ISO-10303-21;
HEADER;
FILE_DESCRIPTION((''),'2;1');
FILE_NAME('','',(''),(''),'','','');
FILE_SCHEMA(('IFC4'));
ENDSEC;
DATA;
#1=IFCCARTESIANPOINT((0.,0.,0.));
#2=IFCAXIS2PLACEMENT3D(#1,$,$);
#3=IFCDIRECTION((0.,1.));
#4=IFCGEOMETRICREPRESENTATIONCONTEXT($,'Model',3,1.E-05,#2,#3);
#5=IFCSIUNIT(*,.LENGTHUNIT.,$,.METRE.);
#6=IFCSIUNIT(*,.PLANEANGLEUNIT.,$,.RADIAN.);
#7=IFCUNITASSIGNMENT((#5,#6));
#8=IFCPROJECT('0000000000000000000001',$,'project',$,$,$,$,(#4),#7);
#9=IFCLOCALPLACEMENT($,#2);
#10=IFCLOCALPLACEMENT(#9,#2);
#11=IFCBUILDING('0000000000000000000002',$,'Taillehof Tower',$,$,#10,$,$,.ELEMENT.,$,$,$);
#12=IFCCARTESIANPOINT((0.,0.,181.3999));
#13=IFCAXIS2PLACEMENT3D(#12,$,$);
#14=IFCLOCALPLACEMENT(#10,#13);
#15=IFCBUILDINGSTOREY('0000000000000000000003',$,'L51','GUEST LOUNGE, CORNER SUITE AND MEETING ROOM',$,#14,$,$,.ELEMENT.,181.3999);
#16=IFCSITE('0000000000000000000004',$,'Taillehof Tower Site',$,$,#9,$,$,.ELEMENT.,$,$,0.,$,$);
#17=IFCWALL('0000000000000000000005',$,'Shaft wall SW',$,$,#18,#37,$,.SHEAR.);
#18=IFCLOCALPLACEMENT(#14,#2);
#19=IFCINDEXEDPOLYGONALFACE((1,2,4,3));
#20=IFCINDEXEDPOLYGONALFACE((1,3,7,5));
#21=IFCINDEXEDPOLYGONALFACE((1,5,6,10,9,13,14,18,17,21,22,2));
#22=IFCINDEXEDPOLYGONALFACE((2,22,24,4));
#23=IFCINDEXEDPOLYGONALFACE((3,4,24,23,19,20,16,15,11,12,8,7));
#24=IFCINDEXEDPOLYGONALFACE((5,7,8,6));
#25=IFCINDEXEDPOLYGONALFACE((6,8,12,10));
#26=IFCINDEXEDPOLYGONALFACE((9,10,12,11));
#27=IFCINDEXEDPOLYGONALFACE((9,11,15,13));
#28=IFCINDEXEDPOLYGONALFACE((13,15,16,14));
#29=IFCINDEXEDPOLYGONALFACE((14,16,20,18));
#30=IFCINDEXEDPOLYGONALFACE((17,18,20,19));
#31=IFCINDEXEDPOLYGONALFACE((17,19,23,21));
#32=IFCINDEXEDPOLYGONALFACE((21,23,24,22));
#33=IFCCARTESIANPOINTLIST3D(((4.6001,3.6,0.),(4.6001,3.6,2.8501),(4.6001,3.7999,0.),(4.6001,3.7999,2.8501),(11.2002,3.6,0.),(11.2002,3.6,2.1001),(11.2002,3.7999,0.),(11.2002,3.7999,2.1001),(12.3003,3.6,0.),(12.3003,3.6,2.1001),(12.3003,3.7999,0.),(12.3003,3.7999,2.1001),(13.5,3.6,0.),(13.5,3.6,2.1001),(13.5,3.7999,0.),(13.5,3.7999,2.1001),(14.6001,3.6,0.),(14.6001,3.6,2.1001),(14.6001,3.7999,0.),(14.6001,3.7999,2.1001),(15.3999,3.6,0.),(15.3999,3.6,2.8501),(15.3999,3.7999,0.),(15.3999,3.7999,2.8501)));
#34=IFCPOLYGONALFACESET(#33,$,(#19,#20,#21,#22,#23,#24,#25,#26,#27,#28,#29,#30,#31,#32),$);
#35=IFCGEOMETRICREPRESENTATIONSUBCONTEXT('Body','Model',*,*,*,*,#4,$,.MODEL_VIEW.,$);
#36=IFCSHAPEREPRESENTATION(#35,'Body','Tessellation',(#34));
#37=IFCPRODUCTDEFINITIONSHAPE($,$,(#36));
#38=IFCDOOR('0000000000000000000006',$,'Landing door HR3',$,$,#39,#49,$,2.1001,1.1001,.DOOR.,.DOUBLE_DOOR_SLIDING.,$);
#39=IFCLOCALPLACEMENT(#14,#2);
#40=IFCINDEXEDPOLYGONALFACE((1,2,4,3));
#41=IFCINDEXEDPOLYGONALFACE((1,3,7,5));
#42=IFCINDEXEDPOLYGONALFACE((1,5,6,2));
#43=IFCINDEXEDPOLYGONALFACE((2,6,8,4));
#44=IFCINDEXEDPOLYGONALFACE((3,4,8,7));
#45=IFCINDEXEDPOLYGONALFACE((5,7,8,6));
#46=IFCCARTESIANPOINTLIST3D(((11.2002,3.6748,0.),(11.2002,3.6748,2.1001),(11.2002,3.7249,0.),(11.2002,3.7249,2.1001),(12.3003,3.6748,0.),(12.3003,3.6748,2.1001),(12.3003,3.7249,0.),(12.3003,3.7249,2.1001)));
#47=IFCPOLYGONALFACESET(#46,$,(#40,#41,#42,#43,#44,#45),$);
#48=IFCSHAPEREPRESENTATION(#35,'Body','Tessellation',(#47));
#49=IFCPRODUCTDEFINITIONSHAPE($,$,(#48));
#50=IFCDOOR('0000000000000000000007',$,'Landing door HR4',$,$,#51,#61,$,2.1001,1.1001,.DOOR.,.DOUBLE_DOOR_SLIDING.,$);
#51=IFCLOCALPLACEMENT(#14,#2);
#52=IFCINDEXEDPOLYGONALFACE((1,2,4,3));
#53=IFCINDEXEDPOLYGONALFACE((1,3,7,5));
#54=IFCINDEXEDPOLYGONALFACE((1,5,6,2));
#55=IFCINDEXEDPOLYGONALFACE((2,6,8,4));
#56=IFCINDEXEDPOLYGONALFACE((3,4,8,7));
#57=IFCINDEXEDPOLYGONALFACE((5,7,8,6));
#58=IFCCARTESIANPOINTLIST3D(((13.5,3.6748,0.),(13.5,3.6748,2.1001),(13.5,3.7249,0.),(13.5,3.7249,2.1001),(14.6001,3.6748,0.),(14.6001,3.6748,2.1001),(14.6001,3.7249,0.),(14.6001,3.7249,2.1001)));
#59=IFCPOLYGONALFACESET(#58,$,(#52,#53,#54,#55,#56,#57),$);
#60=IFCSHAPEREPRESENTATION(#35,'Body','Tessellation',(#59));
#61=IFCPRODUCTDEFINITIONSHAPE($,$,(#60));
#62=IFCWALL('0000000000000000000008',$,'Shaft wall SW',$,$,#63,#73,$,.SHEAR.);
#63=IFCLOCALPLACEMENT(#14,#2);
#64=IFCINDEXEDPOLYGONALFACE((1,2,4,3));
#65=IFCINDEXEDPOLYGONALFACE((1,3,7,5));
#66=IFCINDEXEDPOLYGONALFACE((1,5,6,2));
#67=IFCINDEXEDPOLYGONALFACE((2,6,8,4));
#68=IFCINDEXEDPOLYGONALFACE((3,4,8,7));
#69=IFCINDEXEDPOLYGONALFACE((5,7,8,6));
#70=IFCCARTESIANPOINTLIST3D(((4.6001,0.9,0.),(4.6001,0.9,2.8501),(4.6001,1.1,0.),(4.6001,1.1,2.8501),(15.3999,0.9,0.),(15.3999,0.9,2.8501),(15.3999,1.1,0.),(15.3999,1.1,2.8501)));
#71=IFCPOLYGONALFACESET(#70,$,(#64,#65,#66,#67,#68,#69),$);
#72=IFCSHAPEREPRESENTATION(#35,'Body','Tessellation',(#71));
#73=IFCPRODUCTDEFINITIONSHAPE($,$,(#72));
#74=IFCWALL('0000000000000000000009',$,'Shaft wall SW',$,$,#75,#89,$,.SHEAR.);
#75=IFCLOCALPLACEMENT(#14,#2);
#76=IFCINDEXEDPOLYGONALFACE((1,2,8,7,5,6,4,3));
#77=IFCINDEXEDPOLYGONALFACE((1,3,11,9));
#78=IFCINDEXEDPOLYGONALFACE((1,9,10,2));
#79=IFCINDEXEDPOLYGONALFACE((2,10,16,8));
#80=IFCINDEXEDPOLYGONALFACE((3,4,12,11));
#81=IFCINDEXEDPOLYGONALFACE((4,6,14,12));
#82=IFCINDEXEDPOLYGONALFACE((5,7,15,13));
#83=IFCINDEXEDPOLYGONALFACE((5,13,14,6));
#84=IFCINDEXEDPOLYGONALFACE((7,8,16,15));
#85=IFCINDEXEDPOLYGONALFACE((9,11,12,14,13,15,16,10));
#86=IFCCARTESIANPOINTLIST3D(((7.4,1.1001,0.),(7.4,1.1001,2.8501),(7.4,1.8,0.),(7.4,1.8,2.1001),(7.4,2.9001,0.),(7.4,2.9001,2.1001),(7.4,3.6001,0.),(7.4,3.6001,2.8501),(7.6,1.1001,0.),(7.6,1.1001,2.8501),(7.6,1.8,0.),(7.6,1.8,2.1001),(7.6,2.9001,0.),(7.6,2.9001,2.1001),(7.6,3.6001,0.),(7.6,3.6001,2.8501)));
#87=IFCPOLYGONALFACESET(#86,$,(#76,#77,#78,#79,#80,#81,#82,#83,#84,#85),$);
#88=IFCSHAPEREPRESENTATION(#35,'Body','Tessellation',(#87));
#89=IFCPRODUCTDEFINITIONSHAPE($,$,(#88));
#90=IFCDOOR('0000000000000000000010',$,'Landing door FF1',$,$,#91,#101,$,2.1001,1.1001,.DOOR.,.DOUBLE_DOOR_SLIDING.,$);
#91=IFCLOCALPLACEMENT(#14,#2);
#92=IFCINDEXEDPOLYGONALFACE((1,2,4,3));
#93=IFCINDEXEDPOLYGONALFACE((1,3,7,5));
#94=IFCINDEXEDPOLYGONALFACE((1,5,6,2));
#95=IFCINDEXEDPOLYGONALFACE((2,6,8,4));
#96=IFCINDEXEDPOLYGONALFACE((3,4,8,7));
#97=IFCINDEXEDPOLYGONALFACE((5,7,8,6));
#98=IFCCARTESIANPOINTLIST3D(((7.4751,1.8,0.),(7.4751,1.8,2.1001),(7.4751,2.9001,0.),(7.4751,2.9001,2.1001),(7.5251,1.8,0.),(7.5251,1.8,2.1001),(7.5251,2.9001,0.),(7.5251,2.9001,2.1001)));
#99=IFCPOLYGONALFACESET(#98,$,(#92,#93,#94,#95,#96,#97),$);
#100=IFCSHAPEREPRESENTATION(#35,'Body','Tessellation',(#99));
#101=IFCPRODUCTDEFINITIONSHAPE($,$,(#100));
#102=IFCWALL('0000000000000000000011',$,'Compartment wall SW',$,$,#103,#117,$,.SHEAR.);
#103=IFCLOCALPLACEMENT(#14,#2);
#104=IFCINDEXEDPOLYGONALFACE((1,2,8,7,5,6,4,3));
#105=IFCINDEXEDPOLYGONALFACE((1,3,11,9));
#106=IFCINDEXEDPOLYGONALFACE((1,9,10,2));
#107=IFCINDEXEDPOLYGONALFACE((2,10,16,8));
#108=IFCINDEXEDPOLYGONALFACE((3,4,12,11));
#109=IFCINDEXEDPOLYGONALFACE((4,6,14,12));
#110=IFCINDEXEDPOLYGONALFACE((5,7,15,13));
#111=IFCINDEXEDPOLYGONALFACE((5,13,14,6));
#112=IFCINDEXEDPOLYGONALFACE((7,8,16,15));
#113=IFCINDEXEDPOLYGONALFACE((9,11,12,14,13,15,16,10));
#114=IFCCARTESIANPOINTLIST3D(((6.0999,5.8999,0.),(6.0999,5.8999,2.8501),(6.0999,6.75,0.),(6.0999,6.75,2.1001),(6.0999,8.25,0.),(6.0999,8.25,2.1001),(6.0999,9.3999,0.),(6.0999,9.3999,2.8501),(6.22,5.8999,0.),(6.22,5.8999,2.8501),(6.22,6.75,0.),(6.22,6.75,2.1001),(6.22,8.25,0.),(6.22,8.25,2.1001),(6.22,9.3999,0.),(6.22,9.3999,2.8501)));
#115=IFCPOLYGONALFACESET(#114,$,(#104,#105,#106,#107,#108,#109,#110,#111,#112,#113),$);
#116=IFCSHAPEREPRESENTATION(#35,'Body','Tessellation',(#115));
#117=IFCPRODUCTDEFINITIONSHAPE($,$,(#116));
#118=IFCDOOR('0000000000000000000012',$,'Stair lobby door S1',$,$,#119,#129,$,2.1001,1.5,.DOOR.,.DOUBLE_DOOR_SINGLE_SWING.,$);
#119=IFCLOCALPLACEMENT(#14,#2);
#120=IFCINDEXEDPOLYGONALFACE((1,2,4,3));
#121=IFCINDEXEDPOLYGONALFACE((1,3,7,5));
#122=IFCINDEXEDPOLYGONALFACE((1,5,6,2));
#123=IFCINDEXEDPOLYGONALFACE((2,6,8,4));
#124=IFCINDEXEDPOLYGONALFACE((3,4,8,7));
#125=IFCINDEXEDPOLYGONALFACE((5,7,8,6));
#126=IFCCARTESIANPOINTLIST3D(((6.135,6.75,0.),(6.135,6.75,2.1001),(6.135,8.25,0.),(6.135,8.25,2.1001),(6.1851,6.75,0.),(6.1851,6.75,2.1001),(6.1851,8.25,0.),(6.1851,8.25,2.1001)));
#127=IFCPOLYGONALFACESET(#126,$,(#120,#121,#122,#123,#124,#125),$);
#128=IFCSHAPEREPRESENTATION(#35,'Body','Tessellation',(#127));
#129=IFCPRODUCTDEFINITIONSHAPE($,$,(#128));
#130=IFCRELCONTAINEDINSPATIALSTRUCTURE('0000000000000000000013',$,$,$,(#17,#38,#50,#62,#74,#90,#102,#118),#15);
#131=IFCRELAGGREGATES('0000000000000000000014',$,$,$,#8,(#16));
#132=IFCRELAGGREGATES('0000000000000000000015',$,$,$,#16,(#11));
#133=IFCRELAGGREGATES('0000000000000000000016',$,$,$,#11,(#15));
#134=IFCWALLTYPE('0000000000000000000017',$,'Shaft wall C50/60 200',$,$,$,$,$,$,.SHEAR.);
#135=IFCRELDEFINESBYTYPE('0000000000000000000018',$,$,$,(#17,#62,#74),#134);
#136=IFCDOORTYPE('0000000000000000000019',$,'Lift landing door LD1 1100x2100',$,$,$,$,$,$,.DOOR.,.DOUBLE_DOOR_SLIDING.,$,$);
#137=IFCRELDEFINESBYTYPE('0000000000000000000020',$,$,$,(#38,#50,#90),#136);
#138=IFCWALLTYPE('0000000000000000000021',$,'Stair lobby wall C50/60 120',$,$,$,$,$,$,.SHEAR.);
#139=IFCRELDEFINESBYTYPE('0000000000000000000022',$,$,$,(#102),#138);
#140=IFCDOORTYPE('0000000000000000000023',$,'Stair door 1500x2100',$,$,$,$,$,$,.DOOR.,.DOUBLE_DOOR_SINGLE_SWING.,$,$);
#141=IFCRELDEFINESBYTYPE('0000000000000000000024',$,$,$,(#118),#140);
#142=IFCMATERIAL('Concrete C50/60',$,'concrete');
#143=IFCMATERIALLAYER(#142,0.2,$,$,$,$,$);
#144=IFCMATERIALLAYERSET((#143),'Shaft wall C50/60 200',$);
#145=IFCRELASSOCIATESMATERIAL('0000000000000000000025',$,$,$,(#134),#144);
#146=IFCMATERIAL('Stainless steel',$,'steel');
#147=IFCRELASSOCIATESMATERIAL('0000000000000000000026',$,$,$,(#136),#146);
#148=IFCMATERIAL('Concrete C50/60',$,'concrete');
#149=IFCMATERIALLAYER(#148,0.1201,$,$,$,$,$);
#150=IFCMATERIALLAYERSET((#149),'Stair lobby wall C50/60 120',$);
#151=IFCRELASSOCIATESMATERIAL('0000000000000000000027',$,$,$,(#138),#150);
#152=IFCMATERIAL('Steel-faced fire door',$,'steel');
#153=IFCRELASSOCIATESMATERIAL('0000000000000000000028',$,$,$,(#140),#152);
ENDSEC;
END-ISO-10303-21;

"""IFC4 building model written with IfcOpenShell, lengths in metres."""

from ifc_helpers import new_model, si_unit, direction, frame, frame_2d, origin, place, context, subcontext, project, spatial, rectangle, extrude, material, layer, layer_set, type_object, element, fill, save


model = new_model("IFC4")

# Units and contexts
model_context = context("Model", 3, precision=1e-05, world=origin(), true_north=direction((0.0, 1.0)))
body_context = subcontext(model_context, "Body", "Model", "MODEL_VIEW")
ifc_project = project(units=[si_unit("LENGTHUNIT", "METRE"), si_unit("PLANEANGLEUNIT", "RADIAN")], contexts=[model_context])

# Site, building, storey
site_placement = place(None, origin())
site = spatial("IfcSite", under=ifc_project, at=site_placement, Name="Taillehof Tower Site", CompositionType="ELEMENT", RefElevation=0.0)
building_placement = place(site_placement, origin())
building = spatial("IfcBuilding", under=site, at=building_placement, Name="Taillehof Tower", CompositionType="ELEMENT")
storey_placement = place(building_placement, frame((0.0, 0.0, 181.3999)))
storey = spatial("IfcBuildingStorey", under=building, at=storey_placement, Name="L51", Description="GUEST LOUNGE, CORNER SUITE AND MEETING ROOM", CompositionType="ELEMENT", Elevation=181.3999)

# Wall, openings, doors
ifc_material_1 = material(Name="Concrete C50/60", Category="concrete")
ifc_layer_1 = layer(ifc_material_1, 0.2)
ifc_layer_set_1 = layer_set([ifc_layer_1], Name="Shaft wall C50/60 200")
wall_type_1 = type_object("IfcWallType", Name="Shaft wall C50/60 200", PredefinedType="SHEAR", material=ifc_layer_set_1)
ifc_material_2 = material(Name="Stainless steel", Category="steel")
door_type_1 = type_object("IfcDoorType", Name="Lift landing door LD1 1100x2100", OperationType="DOUBLE_DOOR_SLIDING", PredefinedType="DOOR", material=ifc_material_2)
wall_1_placement = place(storey_placement, frame((4.6001, 3.7, 0.0), z_axis=(0.0, 0.0, 1.0), x_axis=(1.0, 0.0, 0.0)))
wall_1 = element("IfcWall", 1, at=wall_1_placement, inside=storey, type_object=wall_type_1, Name="Shaft wall SW", PredefinedType="SHEAR", context=body_context, shape_type="SweptSolid", body=[
    extrude(rectangle(XDim=10.7998, YDim=0.2, at=frame_2d((5.3999, 0.0))), origin(), (0.0, 0.0, 1.0), 2.8501),
])
opening_1_placement = place(wall_1_placement, frame((6.6001, 0.0, 0.0)))
opening_1 = element("IfcOpeningElement", 2, at=opening_1_placement, cuts=wall_1, PredefinedType="OPENING", context=body_context, shape_type="SweptSolid", body=[
    extrude(rectangle(XDim=1.1001, YDim=2.1001, at=frame_2d((0.55, 1.05))), frame((0.0, 0.1099, 0.0), z_axis=(0.0, -1.0, 0.0), x_axis=(1.0, 0.0, 0.0)), (0.0, 0.0, 1.0), 0.22),
])
opening_2_placement = place(wall_1_placement, frame((8.8999, 0.0, 0.0)))
opening_2 = element("IfcOpeningElement", 3, at=opening_2_placement, cuts=wall_1, PredefinedType="OPENING", context=body_context, shape_type="SweptSolid", body=[
    extrude(rectangle(XDim=1.1001, YDim=2.1001, at=frame_2d((0.55, 1.05))), frame((0.0, 0.1099, 0.0), z_axis=(0.0, -1.0, 0.0), x_axis=(1.0, 0.0, 0.0)), (0.0, 0.0, 1.0), 0.22),
])
door_1_placement = place(opening_1_placement, origin())
door_1 = element("IfcDoor", 4, at=door_1_placement, inside=storey, type_object=door_type_1, Name="Landing door HR3", OperationType="DOUBLE_DOOR_SLIDING", OverallHeight=2.1001, OverallWidth=1.1001, PredefinedType="DOOR", context=body_context, shape_type="SweptSolid", body=[
    extrude(rectangle(XDim=1.1001, YDim=2.1001, at=frame_2d((0.55, 1.05))), frame((0.0, 0.0249, 0.0), z_axis=(0.0, -1.0, 0.0), x_axis=(1.0, 0.0, 0.0)), (0.0, 0.0, 1.0), 0.05),
])
fill(opening_1, door_1)
door_2_placement = place(opening_2_placement, origin())
door_2 = element("IfcDoor", 5, at=door_2_placement, inside=storey, type_object=door_type_1, Name="Landing door HR4", OperationType="DOUBLE_DOOR_SLIDING", OverallHeight=2.1001, OverallWidth=1.1001, PredefinedType="DOOR", context=body_context, shape_type="SweptSolid", body=[
    extrude(rectangle(XDim=1.1001, YDim=2.1001, at=frame_2d((0.55, 1.05))), frame((0.0, 0.0249, 0.0), z_axis=(0.0, -1.0, 0.0), x_axis=(1.0, 0.0, 0.0)), (0.0, 0.0, 1.0), 0.05),
])
fill(opening_2, door_2)

# Wall
wall_2_placement = place(storey_placement, frame((4.6001, 1.0, 0.0), z_axis=(0.0, 0.0, 1.0), x_axis=(1.0, 0.0, 0.0)))
element("IfcWall", 6, at=wall_2_placement, inside=storey, type_object=wall_type_1, Name="Shaft wall SW", PredefinedType="SHEAR", context=body_context, shape_type="SweptSolid", body=[
    extrude(rectangle(XDim=10.7998, YDim=0.2, at=frame_2d((5.3999, 0.0))), origin(), (0.0, 0.0, 1.0), 2.8501),
])

# Walls, openings, doors
wall_3_placement = place(storey_placement, frame((7.5, 1.1001, 0.0), z_axis=(0.0, 0.0, 1.0), x_axis=(0.0, 1.0, 0.0)))
wall_3 = element("IfcWall", 7, at=wall_3_placement, inside=storey, type_object=wall_type_1, Name="Shaft wall SW", PredefinedType="SHEAR", context=body_context, shape_type="SweptSolid", body=[
    extrude(rectangle(XDim=2.5, YDim=0.2, at=frame_2d((1.25, 0.0))), origin(), (0.0, 0.0, 1.0), 2.8501),
])
opening_3_placement = place(wall_3_placement, frame((0.7, 0.0, 0.0)))
opening_3 = element("IfcOpeningElement", 8, at=opening_3_placement, cuts=wall_3, PredefinedType="OPENING", context=body_context, shape_type="SweptSolid", body=[
    extrude(rectangle(XDim=1.1001, YDim=2.1001, at=frame_2d((0.55, 1.05))), frame((0.0, 0.1099, 0.0), z_axis=(0.0, -1.0, 0.0), x_axis=(1.0, 0.0, 0.0)), (0.0, 0.0, 1.0), 0.22),
])
door_3_placement = place(opening_3_placement, origin())
door_3 = element("IfcDoor", 9, at=door_3_placement, inside=storey, type_object=door_type_1, Name="Landing door FF1", OperationType="DOUBLE_DOOR_SLIDING", OverallHeight=2.1001, OverallWidth=1.1001, PredefinedType="DOOR", context=body_context, shape_type="SweptSolid", body=[
    extrude(rectangle(XDim=1.1001, YDim=2.1001, at=frame_2d((0.55, 1.05))), frame((0.0, 0.0249, 0.0), z_axis=(0.0, -1.0, 0.0), x_axis=(1.0, 0.0, 0.0)), (0.0, 0.0, 1.0), 0.05),
])
fill(opening_3, door_3)
ifc_material_3 = material(Name="Concrete C50/60", Category="concrete")
ifc_layer_2 = layer(ifc_material_3, 0.1201)
ifc_layer_set_2 = layer_set([ifc_layer_2], Name="Stair lobby wall C50/60 120")
wall_type_2 = type_object("IfcWallType", Name="Stair lobby wall C50/60 120", PredefinedType="SHEAR", material=ifc_layer_set_2)
wall_4_placement = place(storey_placement, frame((6.1599, 5.8999, 0.0), z_axis=(0.0, 0.0, 1.0), x_axis=(0.0, 1.0, 0.0)))
wall_4 = element("IfcWall", 10, at=wall_4_placement, inside=storey, type_object=wall_type_2, Name="Compartment wall SW", PredefinedType="SHEAR", context=body_context, shape_type="SweptSolid", body=[
    extrude(rectangle(XDim=3.5, YDim=0.1201, at=frame_2d((1.75, 0.0))), origin(), (0.0, 0.0, 1.0), 2.8501),
])
opening_4_placement = place(wall_4_placement, frame((0.8501, 0.0, 0.0)))
opening_4 = element("IfcOpeningElement", 11, at=opening_4_placement, cuts=wall_4, PredefinedType="OPENING", context=body_context, shape_type="SweptSolid", body=[
    extrude(rectangle(XDim=1.5, YDim=2.1001, at=frame_2d((0.75, 1.05))), frame((0.0, 0.0701, 0.0), z_axis=(0.0, -1.0, 0.0), x_axis=(1.0, 0.0, 0.0)), (0.0, 0.0, 1.0), 0.1401),
])
ifc_material_4 = material(Name="Steel-faced fire door", Category="steel")
door_type_2 = type_object("IfcDoorType", Name="Stair door 1500x2100", OperationType="DOUBLE_DOOR_SINGLE_SWING", PredefinedType="DOOR", material=ifc_material_4)
door_4_placement = place(opening_4_placement, origin())
door_4 = element("IfcDoor", 12, at=door_4_placement, inside=storey, type_object=door_type_2, Name="Stair lobby door S1", OperationType="DOUBLE_DOOR_SINGLE_SWING", OverallHeight=2.1001, OverallWidth=1.5, PredefinedType="DOOR", context=body_context, shape_type="SweptSolid", body=[
    extrude(rectangle(XDim=1.5, YDim=2.1001, at=frame_2d((0.75, 1.05))), frame((0.0, 0.0249, 0.0), z_axis=(0.0, -1.0, 0.0), x_axis=(1.0, 0.0, 0.0)), (0.0, 0.0, 1.0), 0.05),
])
fill(opening_4, door_4)

save(model, "model.ifc")
